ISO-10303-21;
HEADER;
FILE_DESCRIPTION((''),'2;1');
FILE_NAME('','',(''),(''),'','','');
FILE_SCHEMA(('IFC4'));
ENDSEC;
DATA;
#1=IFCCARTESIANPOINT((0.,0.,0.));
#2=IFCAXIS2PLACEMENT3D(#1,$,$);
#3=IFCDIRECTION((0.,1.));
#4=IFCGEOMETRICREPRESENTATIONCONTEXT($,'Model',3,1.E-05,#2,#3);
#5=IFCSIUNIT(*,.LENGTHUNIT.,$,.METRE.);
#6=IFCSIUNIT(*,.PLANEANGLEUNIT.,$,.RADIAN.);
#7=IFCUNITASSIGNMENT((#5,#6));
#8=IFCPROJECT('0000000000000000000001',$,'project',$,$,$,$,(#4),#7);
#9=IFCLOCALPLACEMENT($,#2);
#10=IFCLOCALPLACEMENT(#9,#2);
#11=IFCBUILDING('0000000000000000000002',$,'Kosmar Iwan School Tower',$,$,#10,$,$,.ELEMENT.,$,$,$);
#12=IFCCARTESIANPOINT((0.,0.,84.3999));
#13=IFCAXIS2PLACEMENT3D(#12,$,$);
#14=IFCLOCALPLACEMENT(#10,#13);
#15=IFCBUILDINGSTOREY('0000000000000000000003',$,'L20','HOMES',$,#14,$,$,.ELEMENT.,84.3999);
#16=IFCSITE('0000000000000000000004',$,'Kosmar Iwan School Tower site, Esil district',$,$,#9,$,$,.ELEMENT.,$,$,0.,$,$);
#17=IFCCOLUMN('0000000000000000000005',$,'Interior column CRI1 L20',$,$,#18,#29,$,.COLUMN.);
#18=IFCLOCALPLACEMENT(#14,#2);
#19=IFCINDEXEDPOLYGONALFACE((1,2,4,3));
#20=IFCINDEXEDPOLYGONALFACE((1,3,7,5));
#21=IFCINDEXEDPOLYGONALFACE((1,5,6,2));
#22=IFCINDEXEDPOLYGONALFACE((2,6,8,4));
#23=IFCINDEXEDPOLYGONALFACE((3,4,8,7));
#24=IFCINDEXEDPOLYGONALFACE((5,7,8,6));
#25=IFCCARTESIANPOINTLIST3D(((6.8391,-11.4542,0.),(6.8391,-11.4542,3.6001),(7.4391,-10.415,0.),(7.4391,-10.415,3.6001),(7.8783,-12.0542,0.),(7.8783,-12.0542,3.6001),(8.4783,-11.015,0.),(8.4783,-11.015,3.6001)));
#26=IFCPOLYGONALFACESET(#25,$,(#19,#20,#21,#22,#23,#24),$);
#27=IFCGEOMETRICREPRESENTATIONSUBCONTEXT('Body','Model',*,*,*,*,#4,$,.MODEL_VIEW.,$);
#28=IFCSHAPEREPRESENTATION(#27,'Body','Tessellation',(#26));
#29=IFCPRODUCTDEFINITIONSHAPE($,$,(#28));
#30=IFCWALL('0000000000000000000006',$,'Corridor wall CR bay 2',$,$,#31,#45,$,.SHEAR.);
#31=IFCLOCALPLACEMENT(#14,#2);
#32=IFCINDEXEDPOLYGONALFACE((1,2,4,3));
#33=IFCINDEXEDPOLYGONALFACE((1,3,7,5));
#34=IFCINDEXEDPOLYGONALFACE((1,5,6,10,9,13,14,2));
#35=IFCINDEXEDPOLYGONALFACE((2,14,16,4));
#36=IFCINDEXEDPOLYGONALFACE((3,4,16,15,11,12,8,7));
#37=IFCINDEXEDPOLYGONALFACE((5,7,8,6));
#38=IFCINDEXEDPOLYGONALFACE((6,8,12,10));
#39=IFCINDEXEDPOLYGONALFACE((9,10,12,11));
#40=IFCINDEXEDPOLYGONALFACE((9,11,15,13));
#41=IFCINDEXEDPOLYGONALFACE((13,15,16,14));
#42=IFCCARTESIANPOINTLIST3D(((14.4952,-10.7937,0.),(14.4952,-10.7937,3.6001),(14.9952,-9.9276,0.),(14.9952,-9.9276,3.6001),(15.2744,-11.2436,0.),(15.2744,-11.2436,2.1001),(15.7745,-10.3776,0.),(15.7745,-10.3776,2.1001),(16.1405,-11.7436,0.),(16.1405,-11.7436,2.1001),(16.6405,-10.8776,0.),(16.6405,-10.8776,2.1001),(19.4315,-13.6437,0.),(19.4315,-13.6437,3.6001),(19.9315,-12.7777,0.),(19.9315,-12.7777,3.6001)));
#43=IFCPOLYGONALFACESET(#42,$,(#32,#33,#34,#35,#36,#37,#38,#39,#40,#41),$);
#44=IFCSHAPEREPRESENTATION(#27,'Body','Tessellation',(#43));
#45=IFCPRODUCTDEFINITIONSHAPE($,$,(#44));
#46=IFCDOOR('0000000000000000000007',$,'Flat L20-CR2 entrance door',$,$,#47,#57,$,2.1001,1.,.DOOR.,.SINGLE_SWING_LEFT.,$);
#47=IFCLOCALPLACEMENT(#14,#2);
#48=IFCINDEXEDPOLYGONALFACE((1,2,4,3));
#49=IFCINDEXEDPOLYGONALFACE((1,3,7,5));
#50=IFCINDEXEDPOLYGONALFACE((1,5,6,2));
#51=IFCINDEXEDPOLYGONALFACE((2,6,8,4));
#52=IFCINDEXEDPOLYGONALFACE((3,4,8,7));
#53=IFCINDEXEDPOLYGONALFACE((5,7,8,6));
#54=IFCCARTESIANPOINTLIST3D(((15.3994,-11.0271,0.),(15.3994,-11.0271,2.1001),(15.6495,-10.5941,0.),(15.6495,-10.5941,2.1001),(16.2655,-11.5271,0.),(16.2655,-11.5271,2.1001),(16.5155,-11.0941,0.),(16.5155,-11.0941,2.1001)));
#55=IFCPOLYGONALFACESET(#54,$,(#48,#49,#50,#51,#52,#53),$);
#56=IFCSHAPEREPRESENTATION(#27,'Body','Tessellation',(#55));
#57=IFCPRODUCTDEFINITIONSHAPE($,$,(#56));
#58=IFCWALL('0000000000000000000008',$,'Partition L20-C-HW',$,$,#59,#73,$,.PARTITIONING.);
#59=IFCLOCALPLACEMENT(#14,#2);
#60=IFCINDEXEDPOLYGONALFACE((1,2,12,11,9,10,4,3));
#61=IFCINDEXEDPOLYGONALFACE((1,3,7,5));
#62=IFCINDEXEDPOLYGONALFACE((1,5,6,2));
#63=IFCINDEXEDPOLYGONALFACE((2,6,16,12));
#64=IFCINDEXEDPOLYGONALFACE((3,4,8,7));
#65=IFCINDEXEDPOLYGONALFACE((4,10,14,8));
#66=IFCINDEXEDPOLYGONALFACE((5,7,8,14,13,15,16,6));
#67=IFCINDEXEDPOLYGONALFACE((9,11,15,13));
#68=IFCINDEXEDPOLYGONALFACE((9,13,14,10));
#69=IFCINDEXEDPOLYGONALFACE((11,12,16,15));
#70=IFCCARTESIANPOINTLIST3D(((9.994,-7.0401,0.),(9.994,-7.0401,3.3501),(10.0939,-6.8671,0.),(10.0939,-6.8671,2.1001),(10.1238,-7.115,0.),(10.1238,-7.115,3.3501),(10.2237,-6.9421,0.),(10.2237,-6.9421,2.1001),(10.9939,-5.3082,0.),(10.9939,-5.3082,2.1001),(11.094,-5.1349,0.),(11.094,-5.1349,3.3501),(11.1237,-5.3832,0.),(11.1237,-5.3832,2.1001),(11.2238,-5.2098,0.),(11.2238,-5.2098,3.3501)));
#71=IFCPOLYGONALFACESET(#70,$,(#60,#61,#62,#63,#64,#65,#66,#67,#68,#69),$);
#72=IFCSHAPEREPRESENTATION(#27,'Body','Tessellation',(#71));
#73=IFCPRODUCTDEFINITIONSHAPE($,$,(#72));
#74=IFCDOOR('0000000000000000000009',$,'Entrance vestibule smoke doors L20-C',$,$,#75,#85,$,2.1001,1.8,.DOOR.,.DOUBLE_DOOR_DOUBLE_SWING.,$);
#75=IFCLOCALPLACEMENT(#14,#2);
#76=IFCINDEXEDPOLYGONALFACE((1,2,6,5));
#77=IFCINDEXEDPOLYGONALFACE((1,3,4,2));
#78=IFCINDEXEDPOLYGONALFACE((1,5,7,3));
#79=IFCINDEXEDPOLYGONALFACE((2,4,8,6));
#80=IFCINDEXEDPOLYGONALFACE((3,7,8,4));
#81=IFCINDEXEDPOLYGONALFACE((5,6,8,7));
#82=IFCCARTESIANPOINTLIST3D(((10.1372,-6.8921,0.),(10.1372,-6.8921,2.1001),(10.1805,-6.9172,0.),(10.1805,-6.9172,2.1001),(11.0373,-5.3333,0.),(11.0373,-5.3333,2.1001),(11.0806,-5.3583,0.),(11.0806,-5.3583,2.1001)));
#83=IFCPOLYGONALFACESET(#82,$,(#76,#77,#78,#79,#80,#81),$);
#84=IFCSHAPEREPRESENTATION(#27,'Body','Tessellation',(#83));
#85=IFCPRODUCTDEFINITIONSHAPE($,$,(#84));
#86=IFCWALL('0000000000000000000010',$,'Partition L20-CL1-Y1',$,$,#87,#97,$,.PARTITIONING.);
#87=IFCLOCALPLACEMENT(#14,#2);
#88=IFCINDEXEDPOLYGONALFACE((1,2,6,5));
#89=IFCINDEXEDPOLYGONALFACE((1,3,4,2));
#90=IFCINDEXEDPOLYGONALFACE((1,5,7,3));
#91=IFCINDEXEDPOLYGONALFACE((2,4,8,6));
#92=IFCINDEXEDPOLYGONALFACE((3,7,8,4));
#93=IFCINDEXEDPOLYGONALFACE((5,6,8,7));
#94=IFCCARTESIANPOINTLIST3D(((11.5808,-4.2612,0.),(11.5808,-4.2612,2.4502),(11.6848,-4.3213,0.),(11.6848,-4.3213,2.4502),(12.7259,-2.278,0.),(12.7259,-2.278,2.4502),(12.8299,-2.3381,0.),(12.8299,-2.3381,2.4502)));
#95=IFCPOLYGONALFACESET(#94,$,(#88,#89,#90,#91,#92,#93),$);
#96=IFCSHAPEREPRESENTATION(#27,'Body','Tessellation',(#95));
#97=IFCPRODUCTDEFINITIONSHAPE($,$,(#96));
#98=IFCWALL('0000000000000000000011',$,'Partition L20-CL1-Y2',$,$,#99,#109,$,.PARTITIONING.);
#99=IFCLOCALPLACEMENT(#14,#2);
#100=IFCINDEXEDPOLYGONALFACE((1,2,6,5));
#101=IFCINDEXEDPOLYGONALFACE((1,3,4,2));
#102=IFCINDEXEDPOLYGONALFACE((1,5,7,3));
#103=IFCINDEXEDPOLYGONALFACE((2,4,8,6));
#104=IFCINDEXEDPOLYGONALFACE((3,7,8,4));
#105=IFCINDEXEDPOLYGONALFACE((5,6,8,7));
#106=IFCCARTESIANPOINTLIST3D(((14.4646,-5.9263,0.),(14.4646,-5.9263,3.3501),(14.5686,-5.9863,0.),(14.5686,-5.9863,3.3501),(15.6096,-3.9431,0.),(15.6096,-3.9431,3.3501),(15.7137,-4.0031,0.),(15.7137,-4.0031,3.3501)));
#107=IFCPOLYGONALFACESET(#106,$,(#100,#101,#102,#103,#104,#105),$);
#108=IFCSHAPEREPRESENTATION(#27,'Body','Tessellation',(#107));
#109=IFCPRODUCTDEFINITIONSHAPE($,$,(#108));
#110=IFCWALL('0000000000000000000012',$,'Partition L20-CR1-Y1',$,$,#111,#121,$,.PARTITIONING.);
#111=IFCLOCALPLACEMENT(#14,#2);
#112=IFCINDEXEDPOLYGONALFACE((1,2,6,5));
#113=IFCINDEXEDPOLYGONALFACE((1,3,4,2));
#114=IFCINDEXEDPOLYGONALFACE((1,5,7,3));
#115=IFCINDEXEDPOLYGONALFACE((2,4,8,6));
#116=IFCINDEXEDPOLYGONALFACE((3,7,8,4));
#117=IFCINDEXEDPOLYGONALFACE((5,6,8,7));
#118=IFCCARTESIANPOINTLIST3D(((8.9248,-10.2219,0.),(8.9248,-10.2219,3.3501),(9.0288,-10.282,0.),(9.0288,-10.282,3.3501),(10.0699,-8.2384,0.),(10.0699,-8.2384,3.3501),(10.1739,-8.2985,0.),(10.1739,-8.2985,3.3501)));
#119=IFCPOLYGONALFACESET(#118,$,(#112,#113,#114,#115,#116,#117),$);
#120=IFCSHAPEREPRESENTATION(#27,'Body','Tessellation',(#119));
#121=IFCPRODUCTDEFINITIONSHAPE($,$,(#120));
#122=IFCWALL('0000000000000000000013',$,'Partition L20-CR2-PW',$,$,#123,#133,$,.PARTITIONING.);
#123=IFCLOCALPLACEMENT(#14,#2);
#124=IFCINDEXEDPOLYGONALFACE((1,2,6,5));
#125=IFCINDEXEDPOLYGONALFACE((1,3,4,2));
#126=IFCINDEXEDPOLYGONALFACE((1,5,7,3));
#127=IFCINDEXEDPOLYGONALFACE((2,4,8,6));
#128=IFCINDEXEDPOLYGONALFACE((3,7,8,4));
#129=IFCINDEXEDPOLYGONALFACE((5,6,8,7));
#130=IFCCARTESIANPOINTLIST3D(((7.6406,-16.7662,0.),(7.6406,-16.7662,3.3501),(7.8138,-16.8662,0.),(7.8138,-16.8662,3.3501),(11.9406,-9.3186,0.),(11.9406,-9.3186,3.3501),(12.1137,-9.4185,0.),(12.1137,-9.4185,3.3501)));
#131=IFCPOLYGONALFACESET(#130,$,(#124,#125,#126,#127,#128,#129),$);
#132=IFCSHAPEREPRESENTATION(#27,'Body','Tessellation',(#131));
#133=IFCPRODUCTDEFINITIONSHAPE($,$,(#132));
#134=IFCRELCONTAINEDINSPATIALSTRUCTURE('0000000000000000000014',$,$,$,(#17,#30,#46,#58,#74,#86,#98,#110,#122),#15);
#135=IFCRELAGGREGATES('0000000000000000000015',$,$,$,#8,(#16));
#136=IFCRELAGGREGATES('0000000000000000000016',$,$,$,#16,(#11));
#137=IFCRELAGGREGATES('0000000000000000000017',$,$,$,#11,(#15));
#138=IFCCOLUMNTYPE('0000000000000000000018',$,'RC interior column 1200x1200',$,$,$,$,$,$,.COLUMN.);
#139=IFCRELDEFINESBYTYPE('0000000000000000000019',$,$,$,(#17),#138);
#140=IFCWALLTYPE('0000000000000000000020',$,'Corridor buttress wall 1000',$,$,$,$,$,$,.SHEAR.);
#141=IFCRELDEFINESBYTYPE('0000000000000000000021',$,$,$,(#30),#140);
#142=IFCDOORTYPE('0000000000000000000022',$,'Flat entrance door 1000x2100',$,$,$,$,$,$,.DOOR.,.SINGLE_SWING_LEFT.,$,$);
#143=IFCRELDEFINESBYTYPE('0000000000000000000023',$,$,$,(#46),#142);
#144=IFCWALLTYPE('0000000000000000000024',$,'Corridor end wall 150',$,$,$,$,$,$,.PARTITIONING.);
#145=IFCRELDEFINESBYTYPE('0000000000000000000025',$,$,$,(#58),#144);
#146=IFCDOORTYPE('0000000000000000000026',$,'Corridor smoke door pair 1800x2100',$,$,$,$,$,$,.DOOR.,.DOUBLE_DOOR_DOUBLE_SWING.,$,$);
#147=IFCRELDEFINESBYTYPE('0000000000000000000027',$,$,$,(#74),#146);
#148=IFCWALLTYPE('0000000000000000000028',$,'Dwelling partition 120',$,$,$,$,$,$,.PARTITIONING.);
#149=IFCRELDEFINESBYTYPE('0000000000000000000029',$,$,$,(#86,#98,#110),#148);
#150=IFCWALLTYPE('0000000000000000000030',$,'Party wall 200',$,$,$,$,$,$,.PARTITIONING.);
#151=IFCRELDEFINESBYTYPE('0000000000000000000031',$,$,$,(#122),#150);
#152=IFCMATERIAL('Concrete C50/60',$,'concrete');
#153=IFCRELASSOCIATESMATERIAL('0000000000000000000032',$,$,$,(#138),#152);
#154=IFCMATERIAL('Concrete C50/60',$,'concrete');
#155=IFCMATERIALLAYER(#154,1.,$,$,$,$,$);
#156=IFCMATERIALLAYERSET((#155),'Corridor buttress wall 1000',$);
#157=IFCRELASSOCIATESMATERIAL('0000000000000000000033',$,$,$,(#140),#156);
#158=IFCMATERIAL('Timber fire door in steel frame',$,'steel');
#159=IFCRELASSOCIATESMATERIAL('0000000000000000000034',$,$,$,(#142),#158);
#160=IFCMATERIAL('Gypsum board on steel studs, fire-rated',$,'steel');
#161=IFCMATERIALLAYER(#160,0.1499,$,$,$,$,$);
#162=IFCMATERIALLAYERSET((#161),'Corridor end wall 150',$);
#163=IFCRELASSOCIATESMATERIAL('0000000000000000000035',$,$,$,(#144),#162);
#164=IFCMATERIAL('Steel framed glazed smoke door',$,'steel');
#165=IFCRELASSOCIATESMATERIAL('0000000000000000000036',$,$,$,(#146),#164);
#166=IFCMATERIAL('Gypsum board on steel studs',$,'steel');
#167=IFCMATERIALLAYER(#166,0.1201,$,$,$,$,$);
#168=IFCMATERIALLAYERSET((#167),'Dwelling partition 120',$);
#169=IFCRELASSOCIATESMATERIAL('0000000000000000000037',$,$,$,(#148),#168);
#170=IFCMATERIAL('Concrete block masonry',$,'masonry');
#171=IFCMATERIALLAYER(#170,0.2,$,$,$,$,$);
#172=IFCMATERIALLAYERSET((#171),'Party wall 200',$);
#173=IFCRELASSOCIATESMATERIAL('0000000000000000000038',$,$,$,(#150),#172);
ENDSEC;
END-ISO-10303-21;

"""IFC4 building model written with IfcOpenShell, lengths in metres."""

from ifc_helpers import new_model, si_unit, direction, frame, frame_2d, origin, origin_2d, place, context, subcontext, project, spatial, rectangle, extrude, material, layer, layer_set, material_profile, profile_set, type_object, element, fill, save


model = new_model("IFC4")

# Units and contexts
model_context = context("Model", 3, precision=1e-05, world=origin(), true_north=direction((0.0, 1.0)))
body_context = subcontext(model_context, "Body", "Model", "MODEL_VIEW")
ifc_project = project(units=[si_unit("LENGTHUNIT", "METRE"), si_unit("PLANEANGLEUNIT", "RADIAN")], contexts=[model_context])

# Site, building, storey
site_placement = place(None, origin())
site = spatial("IfcSite", under=ifc_project, at=site_placement, Name="Kosmar Iwan School Tower site, Esil district", CompositionType="ELEMENT", RefElevation=0.0)
building_placement = place(site_placement, origin())
building = spatial("IfcBuilding", under=site, at=building_placement, Name="Kosmar Iwan School Tower", CompositionType="ELEMENT")
storey_placement = place(building_placement, frame((0.0, 0.0, 84.3999)))
storey = spatial("IfcBuildingStorey", under=building, at=storey_placement, Name="L20", Description="HOMES", CompositionType="ELEMENT", Elevation=84.3999)

# Column
ifc_material_1 = material(Name="Concrete C50/60", Category="concrete")
ifc_material_profile = material_profile(ifc_material_1, rectangle(XDim=1.2, YDim=1.2, at=origin_2d()), Name="RC 1200x1200")
ifc_profile_set = profile_set([ifc_material_profile], Name="Concrete C50/60")
column_type = type_object("IfcColumnType", Name="RC interior column 1200x1200", PredefinedType="COLUMN", material=ifc_profile_set)
column_placement = place(storey_placement, frame((7.6587, -11.2346, 0.0), z_axis=(0.0, 0.0, 1.0), x_axis=(0.866025, -0.5, 0.0)))
element("IfcColumn", 1, at=column_placement, inside=storey, type_object=column_type, Name="Interior column CRI1 L20", PredefinedType="COLUMN", context=body_context, shape_type="SweptSolid", body=[
    extrude(rectangle(XDim=1.2, YDim=1.2, at=origin_2d()), origin(), (0.0, 0.0, 1.0), 3.6001),
])

# Walls, openings, doors
ifc_material_2 = material(Name="Concrete C50/60", Category="concrete")
ifc_layer_1 = layer(ifc_material_2, 1.0)
ifc_layer_set_1 = layer_set([ifc_layer_1], Name="Corridor buttress wall 1000")
wall_type_1 = type_object("IfcWallType", Name="Corridor buttress wall 1000", PredefinedType="SHEAR", material=ifc_layer_set_1)
wall_1_placement = place(storey_placement, frame((14.7451, -10.3606, 0.0), z_axis=(0.0, 0.0, 1.0), x_axis=(0.866015, -0.500018, 0.0)))
wall_1 = element("IfcWall", 2, at=wall_1_placement, inside=storey, type_object=wall_type_1, Name="Corridor wall CR bay 2", PredefinedType="SHEAR", context=body_context, shape_type="SweptSolid", body=[
    extrude(rectangle(XDim=5.7, YDim=1.0, at=frame_2d((2.8501, 0.0))), origin(), (0.0, 0.0, 1.0), 3.6001),
])
opening_1_placement = place(wall_1_placement, frame((0.8999, 0.0, 0.0)))
opening_1 = element("IfcOpeningElement", 3, at=opening_1_placement, cuts=wall_1, PredefinedType="OPENING", context=body_context, shape_type="SweptSolid", body=[
    extrude(rectangle(XDim=1.0, YDim=2.1001, at=frame_2d((0.5, 1.05))), frame((0.0, 0.512, 0.0), z_axis=(0.0, -1.0, 0.0), x_axis=(1.0, 0.0, 0.0)), (0.0, 0.0, 1.0), 1.0239),
])
ifc_material_3 = material(Name="Timber fire door in steel frame", Category="steel")
door_type_1 = type_object("IfcDoorType", Name="Flat entrance door 1000x2100", OperationType="SINGLE_SWING_LEFT", PredefinedType="DOOR", material=ifc_material_3)
door_1_placement = place(opening_1_placement, origin())
door_1 = element("IfcDoor", 4, at=door_1_placement, inside=storey, type_object=door_type_1, Name="Flat L20-CR2 entrance door", OperationType="SINGLE_SWING_LEFT", OverallHeight=2.1001, OverallWidth=1.0, PredefinedType="DOOR", context=body_context, shape_type="SweptSolid", body=[
    extrude(rectangle(XDim=1.0, YDim=2.1001, at=frame_2d((0.5, 1.05))), frame((0.0, 0.25, 0.0), z_axis=(0.0, -1.0, 0.0), x_axis=(1.0, 0.0, 0.0)), (0.0, 0.0, 1.0), 0.5),
])
fill(opening_1, door_1)
ifc_material_4 = material(Name="Gypsum board on steel studs, fire-rated", Category="steel")
ifc_layer_2 = layer(ifc_material_4, 0.1499)
ifc_layer_set_2 = layer_set([ifc_layer_2], Name="Corridor end wall 150")
wall_type_2 = type_object("IfcWallType", Name="Corridor end wall 150", PredefinedType="PARTITIONING", material=ifc_layer_set_2)
wall_2_placement = place(storey_placement, frame((10.0588, -7.0776, 0.0), z_axis=(0.0, 0.0, 1.0), x_axis=(0.50003, 0.866008, 0.0)))
wall_2 = element("IfcWall", 5, at=wall_2_placement, inside=storey, type_object=wall_type_2, Name="Partition L20-C-HW", PredefinedType="PARTITIONING", context=body_context, shape_type="SweptSolid", body=[
    extrude(rectangle(XDim=2.2, YDim=0.1499, at=frame_2d((1.1001, 0.0))), origin(), (0.0, 0.0, 1.0), 3.3501),
])
opening_2_placement = place(wall_2_placement, frame((0.2, 0.0, 0.0)))
opening_2 = element("IfcOpeningElement", 6, at=opening_2_placement, cuts=wall_2, PredefinedType="OPENING", context=body_context, shape_type="SweptSolid", body=[
    extrude(rectangle(XDim=1.8, YDim=2.1001, at=frame_2d((0.8999, 1.05))), frame((0.0, 0.0869, 0.0), z_axis=(0.0, -1.0, 0.0), x_axis=(1.0, 0.0, 0.0)), (0.0, 0.0, 1.0), 0.1738),
])
ifc_material_5 = material(Name="Steel framed glazed smoke door", Category="steel")
door_type_2 = type_object("IfcDoorType", Name="Corridor smoke door pair 1800x2100", OperationType="DOUBLE_DOOR_DOUBLE_SWING", PredefinedType="DOOR", material=ifc_material_5)
door_2_placement = place(opening_2_placement, origin())
door_2 = element("IfcDoor", 7, at=door_2_placement, inside=storey, type_object=door_type_2, Name="Entrance vestibule smoke doors L20-C", OperationType="DOUBLE_DOOR_DOUBLE_SWING", OverallHeight=2.1001, OverallWidth=1.8, PredefinedType="DOOR", context=body_context, shape_type="SweptSolid", body=[
    extrude(rectangle(XDim=1.8, YDim=2.1001, at=frame_2d((0.8999, 1.05))), frame((0.0, 0.0249, 0.0), z_axis=(0.0, -1.0, 0.0), x_axis=(1.0, 0.0, 0.0)), (0.0, 0.0, 1.0), 0.05),
])
fill(opening_2, door_2)

# Walls
ifc_material_6 = material(Name="Gypsum board on steel studs", Category="steel")
ifc_layer_3 = layer(ifc_material_6, 0.1201)
ifc_layer_set_3 = layer_set([ifc_layer_3], Name="Dwelling partition 120")
wall_type_3 = type_object("IfcWallType", Name="Dwelling partition 120", PredefinedType="PARTITIONING", material=ifc_layer_set_3)
wall_3_placement = place(storey_placement, frame((11.6328, -4.2913, 0.0), z_axis=(0.0, 0.0, 1.0), x_axis=(0.500015, 0.866017, 0.0)))
element("IfcWall", 8, at=wall_3_placement, inside=storey, type_object=wall_type_3, Name="Partition L20-CL1-Y1", PredefinedType="PARTITIONING", context=body_context, shape_type="SweptSolid", body=[
    extrude(rectangle(XDim=2.29, YDim=0.1201, at=frame_2d((1.145, 0.0))), origin(), (0.0, 0.0, 1.0), 2.4502),
])
wall_4_placement = place(storey_placement, frame((14.5166, -5.9563, 0.0), z_axis=(0.0, 0.0, 1.0), x_axis=(0.500015, 0.866017, 0.0)))
element("IfcWall", 9, at=wall_4_placement, inside=storey, type_object=wall_type_3, Name="Partition L20-CL1-Y2", PredefinedType="PARTITIONING", context=body_context, shape_type="SweptSolid", body=[
    extrude(rectangle(XDim=2.29, YDim=0.1201, at=frame_2d((1.145, 0.0))), origin(), (0.0, 0.0, 1.0), 3.3501),
])
wall_5_placement = place(storey_placement, frame((10.1218, -8.2686, 0.0), z_axis=(0.0, 0.0, 1.0), x_axis=(-0.499969, -0.866044, 0.0)))
element("IfcWall", 10, at=wall_5_placement, inside=storey, type_object=wall_type_3, Name="Partition L20-CR1-Y1", PredefinedType="PARTITIONING", context=body_context, shape_type="SweptSolid", body=[
    extrude(rectangle(XDim=2.2903, YDim=0.1201, at=frame_2d((1.145, 0.0))), origin(), (0.0, 0.0, 1.0), 3.3501),
])
ifc_material_7 = material(Name="Concrete block masonry", Category="masonry")
ifc_layer_4 = layer(ifc_material_7, 0.2)
ifc_layer_set_4 = layer_set([ifc_layer_4], Name="Party wall 200")
wall_type_4 = type_object("IfcWallType", Name="Party wall 200", PredefinedType="PARTITIONING", material=ifc_layer_set_4)
wall_6_placement = place(storey_placement, frame((12.0271, -9.3687, 0.0), z_axis=(0.0, 0.0, 1.0), x_axis=(-0.500008, -0.866021, 0.0)))
element("IfcWall", 11, at=wall_6_placement, inside=storey, type_object=wall_type_4, Name="Partition L20-CR2-PW", PredefinedType="PARTITIONING", context=body_context, shape_type="SweptSolid", body=[
    extrude(rectangle(XDim=8.5999, YDim=0.2, at=frame_2d((4.2998, 0.0))), origin(), (0.0, 0.0, 1.0), 3.3501),
])

save(model, "model.ifc")
